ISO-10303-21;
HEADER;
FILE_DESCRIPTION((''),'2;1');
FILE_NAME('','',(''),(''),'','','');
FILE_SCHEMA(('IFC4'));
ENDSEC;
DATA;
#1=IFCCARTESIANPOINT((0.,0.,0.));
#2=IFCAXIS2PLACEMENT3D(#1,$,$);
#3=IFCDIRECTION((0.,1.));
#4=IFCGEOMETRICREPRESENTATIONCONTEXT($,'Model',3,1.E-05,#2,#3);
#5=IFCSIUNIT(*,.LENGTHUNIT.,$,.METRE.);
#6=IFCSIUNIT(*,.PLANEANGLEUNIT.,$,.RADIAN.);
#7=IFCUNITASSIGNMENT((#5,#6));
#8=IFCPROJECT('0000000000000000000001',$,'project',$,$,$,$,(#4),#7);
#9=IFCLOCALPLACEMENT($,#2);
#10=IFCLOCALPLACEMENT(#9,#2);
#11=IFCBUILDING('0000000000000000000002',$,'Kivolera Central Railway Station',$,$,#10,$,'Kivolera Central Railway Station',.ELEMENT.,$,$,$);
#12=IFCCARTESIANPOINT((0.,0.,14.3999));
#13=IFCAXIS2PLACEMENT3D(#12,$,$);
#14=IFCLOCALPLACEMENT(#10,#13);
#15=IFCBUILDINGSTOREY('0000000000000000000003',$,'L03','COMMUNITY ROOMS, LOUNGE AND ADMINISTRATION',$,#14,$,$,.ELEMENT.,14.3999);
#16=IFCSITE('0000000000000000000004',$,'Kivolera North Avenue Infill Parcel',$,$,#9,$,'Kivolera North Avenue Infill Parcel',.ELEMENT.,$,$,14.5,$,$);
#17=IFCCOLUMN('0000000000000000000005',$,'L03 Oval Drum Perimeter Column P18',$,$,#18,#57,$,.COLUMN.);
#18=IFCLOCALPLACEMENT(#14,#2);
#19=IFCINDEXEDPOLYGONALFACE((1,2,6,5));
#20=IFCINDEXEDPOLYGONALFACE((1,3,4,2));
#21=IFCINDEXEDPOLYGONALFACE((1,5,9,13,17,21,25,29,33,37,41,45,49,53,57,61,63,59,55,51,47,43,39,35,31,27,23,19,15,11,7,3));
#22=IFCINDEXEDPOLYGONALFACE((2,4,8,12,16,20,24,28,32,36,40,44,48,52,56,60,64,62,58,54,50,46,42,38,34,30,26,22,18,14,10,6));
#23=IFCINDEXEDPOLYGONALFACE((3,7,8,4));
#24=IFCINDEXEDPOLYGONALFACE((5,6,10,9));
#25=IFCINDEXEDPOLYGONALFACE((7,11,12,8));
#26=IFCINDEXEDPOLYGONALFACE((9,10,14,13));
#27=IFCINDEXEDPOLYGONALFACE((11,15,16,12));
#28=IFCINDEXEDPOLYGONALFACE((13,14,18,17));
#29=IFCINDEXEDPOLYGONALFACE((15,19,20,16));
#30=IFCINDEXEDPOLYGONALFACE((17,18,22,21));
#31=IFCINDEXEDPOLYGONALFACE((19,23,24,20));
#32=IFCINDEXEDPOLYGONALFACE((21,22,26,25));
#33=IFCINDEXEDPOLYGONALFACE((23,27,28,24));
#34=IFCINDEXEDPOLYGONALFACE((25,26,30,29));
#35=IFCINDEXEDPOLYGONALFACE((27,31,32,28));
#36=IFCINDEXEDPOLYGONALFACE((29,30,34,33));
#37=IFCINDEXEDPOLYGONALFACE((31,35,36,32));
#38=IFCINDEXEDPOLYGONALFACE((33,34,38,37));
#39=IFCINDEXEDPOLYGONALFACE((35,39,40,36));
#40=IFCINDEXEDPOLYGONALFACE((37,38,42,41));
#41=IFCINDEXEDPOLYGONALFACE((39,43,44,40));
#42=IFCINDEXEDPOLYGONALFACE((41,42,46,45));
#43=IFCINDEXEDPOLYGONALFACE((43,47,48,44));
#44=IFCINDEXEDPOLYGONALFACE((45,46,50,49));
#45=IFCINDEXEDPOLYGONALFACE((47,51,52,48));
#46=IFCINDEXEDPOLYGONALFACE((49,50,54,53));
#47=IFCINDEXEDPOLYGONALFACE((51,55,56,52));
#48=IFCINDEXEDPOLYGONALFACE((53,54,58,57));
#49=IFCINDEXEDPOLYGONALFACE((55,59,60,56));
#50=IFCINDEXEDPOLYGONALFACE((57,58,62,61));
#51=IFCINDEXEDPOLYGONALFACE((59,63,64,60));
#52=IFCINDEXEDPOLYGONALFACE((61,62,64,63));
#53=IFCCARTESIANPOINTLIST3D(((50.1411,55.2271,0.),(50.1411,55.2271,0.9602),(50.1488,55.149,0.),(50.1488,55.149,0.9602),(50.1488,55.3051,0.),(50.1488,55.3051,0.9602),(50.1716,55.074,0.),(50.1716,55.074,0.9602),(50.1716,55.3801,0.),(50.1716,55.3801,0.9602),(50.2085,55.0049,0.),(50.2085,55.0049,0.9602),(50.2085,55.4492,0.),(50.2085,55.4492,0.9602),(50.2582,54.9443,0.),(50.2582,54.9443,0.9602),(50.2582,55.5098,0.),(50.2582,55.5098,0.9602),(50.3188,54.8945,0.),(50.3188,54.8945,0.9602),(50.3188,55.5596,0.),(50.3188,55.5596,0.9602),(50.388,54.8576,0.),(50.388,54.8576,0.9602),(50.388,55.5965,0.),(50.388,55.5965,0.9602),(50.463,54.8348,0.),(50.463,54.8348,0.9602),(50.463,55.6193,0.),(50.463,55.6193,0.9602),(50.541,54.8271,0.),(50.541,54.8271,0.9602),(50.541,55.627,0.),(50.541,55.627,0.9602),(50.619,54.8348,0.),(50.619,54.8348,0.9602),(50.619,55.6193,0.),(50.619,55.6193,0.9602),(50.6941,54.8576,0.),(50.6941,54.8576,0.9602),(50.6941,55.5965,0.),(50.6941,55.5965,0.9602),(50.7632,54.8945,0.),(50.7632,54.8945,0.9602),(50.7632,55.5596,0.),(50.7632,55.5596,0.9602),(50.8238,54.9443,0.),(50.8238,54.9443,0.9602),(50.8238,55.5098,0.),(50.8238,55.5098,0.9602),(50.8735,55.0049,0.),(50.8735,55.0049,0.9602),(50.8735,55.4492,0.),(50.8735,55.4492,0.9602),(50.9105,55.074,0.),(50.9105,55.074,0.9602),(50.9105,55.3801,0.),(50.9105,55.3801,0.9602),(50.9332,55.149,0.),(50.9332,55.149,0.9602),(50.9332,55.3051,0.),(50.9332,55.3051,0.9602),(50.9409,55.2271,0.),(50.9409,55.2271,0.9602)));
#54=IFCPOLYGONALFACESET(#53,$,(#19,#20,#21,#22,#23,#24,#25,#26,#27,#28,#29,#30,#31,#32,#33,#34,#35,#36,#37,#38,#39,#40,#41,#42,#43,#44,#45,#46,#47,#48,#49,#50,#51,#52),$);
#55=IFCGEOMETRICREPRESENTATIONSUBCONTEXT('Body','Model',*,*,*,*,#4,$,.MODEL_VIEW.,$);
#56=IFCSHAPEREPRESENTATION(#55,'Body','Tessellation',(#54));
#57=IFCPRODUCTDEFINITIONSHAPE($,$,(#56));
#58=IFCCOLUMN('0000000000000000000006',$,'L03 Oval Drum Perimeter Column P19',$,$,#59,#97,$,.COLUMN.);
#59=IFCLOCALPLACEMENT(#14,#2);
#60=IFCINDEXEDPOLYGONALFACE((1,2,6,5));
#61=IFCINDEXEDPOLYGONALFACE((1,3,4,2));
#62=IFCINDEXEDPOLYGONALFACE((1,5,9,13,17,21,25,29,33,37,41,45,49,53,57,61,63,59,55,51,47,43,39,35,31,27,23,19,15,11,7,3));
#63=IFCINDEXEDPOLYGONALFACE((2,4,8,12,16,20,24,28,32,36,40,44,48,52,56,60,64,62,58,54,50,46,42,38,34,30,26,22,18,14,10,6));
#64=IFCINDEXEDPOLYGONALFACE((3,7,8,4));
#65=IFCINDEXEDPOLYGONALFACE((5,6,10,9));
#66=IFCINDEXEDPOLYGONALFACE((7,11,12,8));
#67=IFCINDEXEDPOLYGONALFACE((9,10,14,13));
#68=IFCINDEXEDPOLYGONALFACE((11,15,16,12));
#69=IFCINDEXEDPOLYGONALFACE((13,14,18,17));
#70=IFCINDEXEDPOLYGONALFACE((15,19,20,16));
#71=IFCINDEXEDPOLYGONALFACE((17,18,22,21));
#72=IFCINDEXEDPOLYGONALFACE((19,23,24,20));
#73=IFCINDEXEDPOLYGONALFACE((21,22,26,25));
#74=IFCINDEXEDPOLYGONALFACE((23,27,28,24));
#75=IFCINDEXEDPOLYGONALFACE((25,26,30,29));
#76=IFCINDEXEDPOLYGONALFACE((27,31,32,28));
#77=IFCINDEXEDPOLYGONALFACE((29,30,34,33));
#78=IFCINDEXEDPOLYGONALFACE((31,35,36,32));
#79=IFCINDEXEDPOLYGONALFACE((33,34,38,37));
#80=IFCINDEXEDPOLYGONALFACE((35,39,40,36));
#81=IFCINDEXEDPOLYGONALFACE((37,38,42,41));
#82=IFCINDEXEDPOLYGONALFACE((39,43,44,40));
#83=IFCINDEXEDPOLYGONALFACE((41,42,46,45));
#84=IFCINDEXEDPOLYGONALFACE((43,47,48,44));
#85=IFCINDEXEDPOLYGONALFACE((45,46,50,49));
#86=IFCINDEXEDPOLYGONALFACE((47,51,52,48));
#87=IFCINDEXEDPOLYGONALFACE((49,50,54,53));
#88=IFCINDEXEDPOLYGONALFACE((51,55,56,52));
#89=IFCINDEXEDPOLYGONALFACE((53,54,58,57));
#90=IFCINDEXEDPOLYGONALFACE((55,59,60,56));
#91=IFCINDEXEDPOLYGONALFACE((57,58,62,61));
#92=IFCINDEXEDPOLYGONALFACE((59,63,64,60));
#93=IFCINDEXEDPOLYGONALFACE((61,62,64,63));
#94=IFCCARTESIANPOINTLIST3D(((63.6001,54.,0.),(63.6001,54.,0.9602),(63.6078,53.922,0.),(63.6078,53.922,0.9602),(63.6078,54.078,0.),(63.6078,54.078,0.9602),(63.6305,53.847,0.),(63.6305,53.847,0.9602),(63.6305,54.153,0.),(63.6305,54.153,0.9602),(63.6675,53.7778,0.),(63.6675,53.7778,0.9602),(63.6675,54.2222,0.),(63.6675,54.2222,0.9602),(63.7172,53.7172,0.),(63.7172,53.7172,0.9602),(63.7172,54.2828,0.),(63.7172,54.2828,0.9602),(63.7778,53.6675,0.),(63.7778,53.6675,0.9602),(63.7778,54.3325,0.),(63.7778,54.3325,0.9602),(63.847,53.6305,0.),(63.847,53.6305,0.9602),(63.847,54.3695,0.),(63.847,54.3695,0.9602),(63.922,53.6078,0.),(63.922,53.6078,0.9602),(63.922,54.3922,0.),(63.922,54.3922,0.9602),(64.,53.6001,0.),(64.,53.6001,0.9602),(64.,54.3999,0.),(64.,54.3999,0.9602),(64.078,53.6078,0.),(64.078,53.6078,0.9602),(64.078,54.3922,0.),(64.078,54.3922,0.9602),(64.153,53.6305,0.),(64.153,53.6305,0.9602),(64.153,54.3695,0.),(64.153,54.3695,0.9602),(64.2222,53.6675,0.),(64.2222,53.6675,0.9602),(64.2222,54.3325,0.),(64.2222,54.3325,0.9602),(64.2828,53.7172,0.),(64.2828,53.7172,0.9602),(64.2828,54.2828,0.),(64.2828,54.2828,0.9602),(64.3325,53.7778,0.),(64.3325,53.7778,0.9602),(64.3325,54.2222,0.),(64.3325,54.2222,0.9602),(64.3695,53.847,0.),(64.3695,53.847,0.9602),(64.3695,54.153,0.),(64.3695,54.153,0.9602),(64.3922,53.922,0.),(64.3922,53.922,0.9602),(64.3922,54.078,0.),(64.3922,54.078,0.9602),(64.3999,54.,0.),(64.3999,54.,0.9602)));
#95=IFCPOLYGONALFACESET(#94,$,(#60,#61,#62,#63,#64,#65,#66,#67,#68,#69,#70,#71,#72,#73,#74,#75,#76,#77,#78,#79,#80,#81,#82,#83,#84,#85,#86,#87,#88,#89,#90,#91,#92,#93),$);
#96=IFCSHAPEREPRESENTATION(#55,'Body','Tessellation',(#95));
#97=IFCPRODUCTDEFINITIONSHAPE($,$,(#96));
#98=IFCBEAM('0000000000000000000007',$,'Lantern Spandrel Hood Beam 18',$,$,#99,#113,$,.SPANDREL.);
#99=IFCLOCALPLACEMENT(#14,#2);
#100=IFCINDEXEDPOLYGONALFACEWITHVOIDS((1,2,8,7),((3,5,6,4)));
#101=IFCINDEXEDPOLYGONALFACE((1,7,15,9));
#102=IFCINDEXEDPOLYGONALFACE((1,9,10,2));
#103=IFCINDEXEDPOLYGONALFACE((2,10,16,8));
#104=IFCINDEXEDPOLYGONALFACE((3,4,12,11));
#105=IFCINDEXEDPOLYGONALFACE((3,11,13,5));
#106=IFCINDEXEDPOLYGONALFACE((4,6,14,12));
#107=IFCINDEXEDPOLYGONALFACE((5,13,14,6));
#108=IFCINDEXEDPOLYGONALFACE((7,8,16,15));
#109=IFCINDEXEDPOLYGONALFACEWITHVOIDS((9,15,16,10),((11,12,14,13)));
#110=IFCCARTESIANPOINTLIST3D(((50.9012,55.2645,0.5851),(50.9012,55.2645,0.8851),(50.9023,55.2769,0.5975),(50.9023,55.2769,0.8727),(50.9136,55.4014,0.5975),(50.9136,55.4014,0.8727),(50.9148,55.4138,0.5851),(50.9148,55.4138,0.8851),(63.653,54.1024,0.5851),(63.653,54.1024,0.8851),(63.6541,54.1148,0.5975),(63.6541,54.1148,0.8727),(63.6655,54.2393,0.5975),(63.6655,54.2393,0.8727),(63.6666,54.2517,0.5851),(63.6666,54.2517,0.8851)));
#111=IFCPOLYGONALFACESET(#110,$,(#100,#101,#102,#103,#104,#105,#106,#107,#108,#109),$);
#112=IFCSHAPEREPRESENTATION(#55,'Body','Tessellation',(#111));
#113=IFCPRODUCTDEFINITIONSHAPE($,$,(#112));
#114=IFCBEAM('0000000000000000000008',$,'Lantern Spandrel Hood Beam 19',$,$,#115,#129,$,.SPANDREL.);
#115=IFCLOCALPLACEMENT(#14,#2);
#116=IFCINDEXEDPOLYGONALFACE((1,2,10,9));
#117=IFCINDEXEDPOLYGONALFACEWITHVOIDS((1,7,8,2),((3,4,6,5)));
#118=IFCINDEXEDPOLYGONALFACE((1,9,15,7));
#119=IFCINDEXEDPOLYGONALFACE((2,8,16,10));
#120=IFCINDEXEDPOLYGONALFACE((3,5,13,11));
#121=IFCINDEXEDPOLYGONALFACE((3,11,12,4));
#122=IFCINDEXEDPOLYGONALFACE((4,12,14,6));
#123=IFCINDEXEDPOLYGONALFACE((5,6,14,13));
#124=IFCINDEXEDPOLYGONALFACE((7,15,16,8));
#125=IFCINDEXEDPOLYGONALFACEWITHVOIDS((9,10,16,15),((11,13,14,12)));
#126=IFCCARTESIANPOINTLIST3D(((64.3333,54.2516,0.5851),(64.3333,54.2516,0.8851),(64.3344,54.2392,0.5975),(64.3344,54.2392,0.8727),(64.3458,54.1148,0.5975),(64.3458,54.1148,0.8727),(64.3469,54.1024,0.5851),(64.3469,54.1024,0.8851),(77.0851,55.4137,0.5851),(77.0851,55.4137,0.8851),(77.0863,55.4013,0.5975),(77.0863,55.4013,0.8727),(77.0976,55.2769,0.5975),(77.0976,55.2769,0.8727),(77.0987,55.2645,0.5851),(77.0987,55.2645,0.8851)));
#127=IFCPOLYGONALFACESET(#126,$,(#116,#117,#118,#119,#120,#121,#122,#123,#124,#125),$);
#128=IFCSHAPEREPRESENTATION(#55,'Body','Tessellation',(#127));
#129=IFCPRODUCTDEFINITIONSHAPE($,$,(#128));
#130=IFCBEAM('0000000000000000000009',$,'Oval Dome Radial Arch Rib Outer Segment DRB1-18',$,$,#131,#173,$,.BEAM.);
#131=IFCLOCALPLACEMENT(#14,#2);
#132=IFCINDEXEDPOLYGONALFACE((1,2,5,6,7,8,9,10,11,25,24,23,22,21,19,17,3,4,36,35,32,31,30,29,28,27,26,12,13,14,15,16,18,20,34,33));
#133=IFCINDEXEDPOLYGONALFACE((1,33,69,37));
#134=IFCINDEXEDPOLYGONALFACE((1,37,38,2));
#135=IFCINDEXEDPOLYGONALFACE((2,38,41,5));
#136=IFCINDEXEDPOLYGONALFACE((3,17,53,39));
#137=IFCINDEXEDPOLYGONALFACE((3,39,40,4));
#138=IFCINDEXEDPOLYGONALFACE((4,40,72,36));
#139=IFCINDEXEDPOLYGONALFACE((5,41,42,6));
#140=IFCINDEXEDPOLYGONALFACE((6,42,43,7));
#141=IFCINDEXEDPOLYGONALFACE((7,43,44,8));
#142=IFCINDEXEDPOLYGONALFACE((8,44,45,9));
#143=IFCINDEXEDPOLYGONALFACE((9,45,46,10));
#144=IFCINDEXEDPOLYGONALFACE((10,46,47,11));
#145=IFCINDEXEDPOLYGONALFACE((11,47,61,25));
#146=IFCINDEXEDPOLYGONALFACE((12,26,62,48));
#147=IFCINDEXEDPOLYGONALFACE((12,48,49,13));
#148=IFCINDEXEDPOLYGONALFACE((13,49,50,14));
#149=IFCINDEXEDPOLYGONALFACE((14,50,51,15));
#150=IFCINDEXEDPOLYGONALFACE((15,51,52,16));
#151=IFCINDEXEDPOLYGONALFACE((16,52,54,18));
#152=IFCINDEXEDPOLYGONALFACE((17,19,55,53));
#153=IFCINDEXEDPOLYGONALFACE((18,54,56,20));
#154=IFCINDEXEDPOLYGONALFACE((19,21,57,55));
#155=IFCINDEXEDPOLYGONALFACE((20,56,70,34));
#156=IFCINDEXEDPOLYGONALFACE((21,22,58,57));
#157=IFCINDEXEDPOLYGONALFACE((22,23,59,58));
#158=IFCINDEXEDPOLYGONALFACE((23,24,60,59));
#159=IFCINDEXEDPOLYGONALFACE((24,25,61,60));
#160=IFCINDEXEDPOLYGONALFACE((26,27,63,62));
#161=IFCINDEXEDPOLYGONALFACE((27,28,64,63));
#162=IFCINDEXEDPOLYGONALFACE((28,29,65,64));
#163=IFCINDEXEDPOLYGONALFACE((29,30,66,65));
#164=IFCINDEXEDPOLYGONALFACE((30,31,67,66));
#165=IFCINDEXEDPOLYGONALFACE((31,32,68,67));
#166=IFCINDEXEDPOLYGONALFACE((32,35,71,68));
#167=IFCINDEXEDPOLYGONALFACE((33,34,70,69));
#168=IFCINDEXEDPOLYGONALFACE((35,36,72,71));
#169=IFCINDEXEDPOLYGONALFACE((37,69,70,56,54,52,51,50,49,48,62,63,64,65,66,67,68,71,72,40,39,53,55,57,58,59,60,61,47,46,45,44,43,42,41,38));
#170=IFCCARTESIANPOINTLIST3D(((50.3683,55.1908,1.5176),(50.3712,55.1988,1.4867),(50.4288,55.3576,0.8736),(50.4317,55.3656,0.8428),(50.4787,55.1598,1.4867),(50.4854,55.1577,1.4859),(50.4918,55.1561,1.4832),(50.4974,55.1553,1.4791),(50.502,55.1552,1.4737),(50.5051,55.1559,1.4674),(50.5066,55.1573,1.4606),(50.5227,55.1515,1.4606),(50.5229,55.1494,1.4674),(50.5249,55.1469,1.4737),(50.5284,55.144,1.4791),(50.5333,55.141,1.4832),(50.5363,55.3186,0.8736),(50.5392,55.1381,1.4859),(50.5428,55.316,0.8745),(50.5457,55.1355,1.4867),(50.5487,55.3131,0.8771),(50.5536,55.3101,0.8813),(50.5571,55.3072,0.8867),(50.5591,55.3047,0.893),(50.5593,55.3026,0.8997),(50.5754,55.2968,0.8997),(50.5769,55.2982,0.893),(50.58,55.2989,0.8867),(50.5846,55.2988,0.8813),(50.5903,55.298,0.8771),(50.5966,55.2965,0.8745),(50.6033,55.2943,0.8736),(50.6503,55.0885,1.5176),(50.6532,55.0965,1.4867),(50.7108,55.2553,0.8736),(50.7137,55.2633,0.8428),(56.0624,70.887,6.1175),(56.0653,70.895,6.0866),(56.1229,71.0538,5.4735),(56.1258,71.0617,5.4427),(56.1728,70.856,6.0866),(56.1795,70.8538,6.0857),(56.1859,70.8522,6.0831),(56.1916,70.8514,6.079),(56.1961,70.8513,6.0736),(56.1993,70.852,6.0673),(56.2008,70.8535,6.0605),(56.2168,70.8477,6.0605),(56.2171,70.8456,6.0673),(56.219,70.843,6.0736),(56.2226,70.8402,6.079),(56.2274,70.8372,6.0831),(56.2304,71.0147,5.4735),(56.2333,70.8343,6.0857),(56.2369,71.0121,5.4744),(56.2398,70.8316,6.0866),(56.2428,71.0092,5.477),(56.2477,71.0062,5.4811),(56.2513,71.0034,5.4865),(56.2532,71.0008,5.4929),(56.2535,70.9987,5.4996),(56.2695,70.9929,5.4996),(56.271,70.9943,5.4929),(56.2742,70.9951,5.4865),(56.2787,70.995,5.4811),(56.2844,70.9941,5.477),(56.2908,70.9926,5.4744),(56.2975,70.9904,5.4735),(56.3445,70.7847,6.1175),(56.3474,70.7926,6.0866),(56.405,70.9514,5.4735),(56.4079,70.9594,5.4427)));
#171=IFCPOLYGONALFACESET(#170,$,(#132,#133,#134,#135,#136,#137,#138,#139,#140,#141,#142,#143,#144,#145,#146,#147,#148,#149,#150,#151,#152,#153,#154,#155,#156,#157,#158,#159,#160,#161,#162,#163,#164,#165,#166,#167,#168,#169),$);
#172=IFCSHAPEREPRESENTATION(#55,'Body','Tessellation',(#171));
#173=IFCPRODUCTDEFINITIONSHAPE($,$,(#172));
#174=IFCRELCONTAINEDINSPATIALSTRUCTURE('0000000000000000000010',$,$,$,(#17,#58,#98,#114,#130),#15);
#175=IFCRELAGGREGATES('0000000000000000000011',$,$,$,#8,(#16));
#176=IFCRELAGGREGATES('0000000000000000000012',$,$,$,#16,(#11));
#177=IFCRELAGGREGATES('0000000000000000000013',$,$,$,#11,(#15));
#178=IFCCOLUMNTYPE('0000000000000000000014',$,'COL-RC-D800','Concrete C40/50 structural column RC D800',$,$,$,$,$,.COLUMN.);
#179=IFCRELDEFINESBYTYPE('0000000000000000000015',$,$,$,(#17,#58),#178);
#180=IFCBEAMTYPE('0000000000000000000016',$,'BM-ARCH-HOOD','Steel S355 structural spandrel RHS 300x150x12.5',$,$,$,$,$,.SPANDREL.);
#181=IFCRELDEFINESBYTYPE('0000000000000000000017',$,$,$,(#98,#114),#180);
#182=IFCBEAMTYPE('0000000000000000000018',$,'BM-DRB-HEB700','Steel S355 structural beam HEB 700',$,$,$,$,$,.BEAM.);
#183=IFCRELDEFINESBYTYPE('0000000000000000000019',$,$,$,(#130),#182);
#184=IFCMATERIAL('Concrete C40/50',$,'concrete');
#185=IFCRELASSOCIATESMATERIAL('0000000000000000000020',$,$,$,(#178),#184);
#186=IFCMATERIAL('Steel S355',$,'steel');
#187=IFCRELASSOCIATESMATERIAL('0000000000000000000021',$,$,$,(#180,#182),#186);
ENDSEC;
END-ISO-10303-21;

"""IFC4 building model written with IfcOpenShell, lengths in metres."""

from ifc_helpers import new_model, si_unit, direction, frame, origin, origin_2d, place, context, subcontext, project, spatial, hollow_rectangle, circle, i_section, extrude, material, material_profile, profile_set, type_object, element, save


model = new_model("IFC4")

# Units and contexts
model_context = context("Model", 3, precision=1e-05, world=origin(), true_north=direction((0.0, 1.0)))
body_context = subcontext(model_context, "Body", "Model", "MODEL_VIEW")
ifc_project = project(units=[si_unit("LENGTHUNIT", "METRE"), si_unit("PLANEANGLEUNIT", "RADIAN")], contexts=[model_context])

# Site, building, storey
site_placement = place(None, origin())
site = spatial("IfcSite", under=ifc_project, at=site_placement, Name="Kivolera North Avenue Infill Parcel", LongName="Kivolera North Avenue Infill Parcel", CompositionType="ELEMENT", RefElevation=14.5)
building_placement = place(site_placement, origin())
building = spatial("IfcBuilding", under=site, at=building_placement, Name="Kivolera Central Railway Station", LongName="Kivolera Central Railway Station", CompositionType="ELEMENT")
storey_placement = place(building_placement, frame((0.0, 0.0, 14.3999)))
storey = spatial("IfcBuildingStorey", under=building, at=storey_placement, Name="L03", Description="COMMUNITY ROOMS, LOUNGE AND ADMINISTRATION", CompositionType="ELEMENT", Elevation=14.3999)

# Columns
ifc_material_1 = material(Name="Concrete C40/50", Category="concrete")
ifc_material_profile_1 = material_profile(ifc_material_1, circle(Radius=0.3999, at=origin_2d()), Name="RC D800")
ifc_profile_set_1 = profile_set([ifc_material_profile_1], Name="Concrete C40/50")
column_type = type_object("IfcColumnType", Name="COL-RC-D800", Description="Concrete C40/50 structural column RC D800", PredefinedType="COLUMN", material=ifc_profile_set_1)
for number, where, z_axis, x_axis, name in (
    (1, (50.541, 55.2271, 0.0), (0.0, 0.0, 1.0), (1.0, 0.0, 0.0), "L03 Oval Drum Perimeter Column P18"),
    (2, (64.0, 54.0, 0.0), (0.0, 0.0, 1.0), (1.0, 0.0, 0.0), "L03 Oval Drum Perimeter Column P19"),
):
    element("IfcColumn", number, at=place(storey_placement, frame(where, z_axis=z_axis, x_axis=x_axis)), inside=storey, type_object=column_type, Name=name, PredefinedType="COLUMN", context=body_context, shape_type="SweptSolid", body=[
        extrude(circle(Radius=0.3999, at=origin_2d()), origin(), (0.0, 0.0, 1.0), 0.9602),
    ])

# Beams
ifc_material_2 = material(Name="Steel S355", Category="steel")
ifc_material_profile_2 = material_profile(ifc_material_2, hollow_rectangle(XDim=0.1499, YDim=0.3, WallThickness=0.0125, at=origin_2d()), Name="RHS 300x150x12.5")
ifc_profile_set_2 = profile_set([ifc_material_profile_2], Name="Steel S355")
beam_type_1 = type_object("IfcBeamType", Name="BM-ARCH-HOOD", Description="Steel S355 structural spandrel RHS 300x150x12.5", PredefinedType="SPANDREL", material=ifc_profile_set_2)
for number, where, z_axis, x_axis, name in (
    (3, (50.908, 55.3391, 0.7351), (0.995873, -0.090756, 0.0), (0.090756, 0.995873, 0.0), "Lantern Spandrel Hood Beam 18"),
    (4, (64.3401, 54.177, 0.7351), (0.995873, 0.090756, 0.0), (-0.090756, 0.995873, 0.0), "Lantern Spandrel Hood Beam 19"),
):
    element("IfcBeam", number, at=place(storey_placement, frame(where, z_axis=z_axis, x_axis=x_axis)), inside=storey, type_object=beam_type_1, Name=name, PredefinedType="SPANDREL", context=body_context, shape_type="SweptSolid", body=[
        extrude(hollow_rectangle(XDim=0.1499, YDim=0.3, WallThickness=0.0125, at=origin_2d()), origin(), (0.0, 0.0, 1.0), 12.8047),
    ])
ifc_material_profile_3 = material_profile(ifc_material_2, i_section(OverallWidth=0.3, OverallDepth=0.7, WebThickness=0.0171, FlangeThickness=0.032, FilletRadius=0.0271, at=origin_2d()), Name="HEB 700")
ifc_profile_set_3 = profile_set([ifc_material_profile_3], Name="Steel S355")
beam_type_2 = type_object("IfcBeamType", Name="BM-DRB-HEB700", Description="Steel S355 structural beam HEB 700", PredefinedType="BEAM", material=ifc_profile_set_3)
beam_1_placement = place(storey_placement, frame((50.541, 55.2271, 1.1802), z_axis=(0.328777, 0.906291, 0.265596), x_axis=(-0.940054, 0.341026, 0.0)))
element("IfcBeam", 5, at=beam_1_placement, inside=storey, type_object=beam_type_2, Name="Oval Dome Radial Arch Rib Outer Segment DRB1-18", PredefinedType="BEAM", context=body_context, shape_type="SweptSolid", body=[
    extrude(i_section(OverallWidth=0.3, OverallDepth=0.7, WebThickness=0.0171, FlangeThickness=0.032, FilletRadius=0.0271, at=origin_2d()), origin(), (0.0, 0.0, 1.0), 17.3191),
])

save(model, "model.ifc")
